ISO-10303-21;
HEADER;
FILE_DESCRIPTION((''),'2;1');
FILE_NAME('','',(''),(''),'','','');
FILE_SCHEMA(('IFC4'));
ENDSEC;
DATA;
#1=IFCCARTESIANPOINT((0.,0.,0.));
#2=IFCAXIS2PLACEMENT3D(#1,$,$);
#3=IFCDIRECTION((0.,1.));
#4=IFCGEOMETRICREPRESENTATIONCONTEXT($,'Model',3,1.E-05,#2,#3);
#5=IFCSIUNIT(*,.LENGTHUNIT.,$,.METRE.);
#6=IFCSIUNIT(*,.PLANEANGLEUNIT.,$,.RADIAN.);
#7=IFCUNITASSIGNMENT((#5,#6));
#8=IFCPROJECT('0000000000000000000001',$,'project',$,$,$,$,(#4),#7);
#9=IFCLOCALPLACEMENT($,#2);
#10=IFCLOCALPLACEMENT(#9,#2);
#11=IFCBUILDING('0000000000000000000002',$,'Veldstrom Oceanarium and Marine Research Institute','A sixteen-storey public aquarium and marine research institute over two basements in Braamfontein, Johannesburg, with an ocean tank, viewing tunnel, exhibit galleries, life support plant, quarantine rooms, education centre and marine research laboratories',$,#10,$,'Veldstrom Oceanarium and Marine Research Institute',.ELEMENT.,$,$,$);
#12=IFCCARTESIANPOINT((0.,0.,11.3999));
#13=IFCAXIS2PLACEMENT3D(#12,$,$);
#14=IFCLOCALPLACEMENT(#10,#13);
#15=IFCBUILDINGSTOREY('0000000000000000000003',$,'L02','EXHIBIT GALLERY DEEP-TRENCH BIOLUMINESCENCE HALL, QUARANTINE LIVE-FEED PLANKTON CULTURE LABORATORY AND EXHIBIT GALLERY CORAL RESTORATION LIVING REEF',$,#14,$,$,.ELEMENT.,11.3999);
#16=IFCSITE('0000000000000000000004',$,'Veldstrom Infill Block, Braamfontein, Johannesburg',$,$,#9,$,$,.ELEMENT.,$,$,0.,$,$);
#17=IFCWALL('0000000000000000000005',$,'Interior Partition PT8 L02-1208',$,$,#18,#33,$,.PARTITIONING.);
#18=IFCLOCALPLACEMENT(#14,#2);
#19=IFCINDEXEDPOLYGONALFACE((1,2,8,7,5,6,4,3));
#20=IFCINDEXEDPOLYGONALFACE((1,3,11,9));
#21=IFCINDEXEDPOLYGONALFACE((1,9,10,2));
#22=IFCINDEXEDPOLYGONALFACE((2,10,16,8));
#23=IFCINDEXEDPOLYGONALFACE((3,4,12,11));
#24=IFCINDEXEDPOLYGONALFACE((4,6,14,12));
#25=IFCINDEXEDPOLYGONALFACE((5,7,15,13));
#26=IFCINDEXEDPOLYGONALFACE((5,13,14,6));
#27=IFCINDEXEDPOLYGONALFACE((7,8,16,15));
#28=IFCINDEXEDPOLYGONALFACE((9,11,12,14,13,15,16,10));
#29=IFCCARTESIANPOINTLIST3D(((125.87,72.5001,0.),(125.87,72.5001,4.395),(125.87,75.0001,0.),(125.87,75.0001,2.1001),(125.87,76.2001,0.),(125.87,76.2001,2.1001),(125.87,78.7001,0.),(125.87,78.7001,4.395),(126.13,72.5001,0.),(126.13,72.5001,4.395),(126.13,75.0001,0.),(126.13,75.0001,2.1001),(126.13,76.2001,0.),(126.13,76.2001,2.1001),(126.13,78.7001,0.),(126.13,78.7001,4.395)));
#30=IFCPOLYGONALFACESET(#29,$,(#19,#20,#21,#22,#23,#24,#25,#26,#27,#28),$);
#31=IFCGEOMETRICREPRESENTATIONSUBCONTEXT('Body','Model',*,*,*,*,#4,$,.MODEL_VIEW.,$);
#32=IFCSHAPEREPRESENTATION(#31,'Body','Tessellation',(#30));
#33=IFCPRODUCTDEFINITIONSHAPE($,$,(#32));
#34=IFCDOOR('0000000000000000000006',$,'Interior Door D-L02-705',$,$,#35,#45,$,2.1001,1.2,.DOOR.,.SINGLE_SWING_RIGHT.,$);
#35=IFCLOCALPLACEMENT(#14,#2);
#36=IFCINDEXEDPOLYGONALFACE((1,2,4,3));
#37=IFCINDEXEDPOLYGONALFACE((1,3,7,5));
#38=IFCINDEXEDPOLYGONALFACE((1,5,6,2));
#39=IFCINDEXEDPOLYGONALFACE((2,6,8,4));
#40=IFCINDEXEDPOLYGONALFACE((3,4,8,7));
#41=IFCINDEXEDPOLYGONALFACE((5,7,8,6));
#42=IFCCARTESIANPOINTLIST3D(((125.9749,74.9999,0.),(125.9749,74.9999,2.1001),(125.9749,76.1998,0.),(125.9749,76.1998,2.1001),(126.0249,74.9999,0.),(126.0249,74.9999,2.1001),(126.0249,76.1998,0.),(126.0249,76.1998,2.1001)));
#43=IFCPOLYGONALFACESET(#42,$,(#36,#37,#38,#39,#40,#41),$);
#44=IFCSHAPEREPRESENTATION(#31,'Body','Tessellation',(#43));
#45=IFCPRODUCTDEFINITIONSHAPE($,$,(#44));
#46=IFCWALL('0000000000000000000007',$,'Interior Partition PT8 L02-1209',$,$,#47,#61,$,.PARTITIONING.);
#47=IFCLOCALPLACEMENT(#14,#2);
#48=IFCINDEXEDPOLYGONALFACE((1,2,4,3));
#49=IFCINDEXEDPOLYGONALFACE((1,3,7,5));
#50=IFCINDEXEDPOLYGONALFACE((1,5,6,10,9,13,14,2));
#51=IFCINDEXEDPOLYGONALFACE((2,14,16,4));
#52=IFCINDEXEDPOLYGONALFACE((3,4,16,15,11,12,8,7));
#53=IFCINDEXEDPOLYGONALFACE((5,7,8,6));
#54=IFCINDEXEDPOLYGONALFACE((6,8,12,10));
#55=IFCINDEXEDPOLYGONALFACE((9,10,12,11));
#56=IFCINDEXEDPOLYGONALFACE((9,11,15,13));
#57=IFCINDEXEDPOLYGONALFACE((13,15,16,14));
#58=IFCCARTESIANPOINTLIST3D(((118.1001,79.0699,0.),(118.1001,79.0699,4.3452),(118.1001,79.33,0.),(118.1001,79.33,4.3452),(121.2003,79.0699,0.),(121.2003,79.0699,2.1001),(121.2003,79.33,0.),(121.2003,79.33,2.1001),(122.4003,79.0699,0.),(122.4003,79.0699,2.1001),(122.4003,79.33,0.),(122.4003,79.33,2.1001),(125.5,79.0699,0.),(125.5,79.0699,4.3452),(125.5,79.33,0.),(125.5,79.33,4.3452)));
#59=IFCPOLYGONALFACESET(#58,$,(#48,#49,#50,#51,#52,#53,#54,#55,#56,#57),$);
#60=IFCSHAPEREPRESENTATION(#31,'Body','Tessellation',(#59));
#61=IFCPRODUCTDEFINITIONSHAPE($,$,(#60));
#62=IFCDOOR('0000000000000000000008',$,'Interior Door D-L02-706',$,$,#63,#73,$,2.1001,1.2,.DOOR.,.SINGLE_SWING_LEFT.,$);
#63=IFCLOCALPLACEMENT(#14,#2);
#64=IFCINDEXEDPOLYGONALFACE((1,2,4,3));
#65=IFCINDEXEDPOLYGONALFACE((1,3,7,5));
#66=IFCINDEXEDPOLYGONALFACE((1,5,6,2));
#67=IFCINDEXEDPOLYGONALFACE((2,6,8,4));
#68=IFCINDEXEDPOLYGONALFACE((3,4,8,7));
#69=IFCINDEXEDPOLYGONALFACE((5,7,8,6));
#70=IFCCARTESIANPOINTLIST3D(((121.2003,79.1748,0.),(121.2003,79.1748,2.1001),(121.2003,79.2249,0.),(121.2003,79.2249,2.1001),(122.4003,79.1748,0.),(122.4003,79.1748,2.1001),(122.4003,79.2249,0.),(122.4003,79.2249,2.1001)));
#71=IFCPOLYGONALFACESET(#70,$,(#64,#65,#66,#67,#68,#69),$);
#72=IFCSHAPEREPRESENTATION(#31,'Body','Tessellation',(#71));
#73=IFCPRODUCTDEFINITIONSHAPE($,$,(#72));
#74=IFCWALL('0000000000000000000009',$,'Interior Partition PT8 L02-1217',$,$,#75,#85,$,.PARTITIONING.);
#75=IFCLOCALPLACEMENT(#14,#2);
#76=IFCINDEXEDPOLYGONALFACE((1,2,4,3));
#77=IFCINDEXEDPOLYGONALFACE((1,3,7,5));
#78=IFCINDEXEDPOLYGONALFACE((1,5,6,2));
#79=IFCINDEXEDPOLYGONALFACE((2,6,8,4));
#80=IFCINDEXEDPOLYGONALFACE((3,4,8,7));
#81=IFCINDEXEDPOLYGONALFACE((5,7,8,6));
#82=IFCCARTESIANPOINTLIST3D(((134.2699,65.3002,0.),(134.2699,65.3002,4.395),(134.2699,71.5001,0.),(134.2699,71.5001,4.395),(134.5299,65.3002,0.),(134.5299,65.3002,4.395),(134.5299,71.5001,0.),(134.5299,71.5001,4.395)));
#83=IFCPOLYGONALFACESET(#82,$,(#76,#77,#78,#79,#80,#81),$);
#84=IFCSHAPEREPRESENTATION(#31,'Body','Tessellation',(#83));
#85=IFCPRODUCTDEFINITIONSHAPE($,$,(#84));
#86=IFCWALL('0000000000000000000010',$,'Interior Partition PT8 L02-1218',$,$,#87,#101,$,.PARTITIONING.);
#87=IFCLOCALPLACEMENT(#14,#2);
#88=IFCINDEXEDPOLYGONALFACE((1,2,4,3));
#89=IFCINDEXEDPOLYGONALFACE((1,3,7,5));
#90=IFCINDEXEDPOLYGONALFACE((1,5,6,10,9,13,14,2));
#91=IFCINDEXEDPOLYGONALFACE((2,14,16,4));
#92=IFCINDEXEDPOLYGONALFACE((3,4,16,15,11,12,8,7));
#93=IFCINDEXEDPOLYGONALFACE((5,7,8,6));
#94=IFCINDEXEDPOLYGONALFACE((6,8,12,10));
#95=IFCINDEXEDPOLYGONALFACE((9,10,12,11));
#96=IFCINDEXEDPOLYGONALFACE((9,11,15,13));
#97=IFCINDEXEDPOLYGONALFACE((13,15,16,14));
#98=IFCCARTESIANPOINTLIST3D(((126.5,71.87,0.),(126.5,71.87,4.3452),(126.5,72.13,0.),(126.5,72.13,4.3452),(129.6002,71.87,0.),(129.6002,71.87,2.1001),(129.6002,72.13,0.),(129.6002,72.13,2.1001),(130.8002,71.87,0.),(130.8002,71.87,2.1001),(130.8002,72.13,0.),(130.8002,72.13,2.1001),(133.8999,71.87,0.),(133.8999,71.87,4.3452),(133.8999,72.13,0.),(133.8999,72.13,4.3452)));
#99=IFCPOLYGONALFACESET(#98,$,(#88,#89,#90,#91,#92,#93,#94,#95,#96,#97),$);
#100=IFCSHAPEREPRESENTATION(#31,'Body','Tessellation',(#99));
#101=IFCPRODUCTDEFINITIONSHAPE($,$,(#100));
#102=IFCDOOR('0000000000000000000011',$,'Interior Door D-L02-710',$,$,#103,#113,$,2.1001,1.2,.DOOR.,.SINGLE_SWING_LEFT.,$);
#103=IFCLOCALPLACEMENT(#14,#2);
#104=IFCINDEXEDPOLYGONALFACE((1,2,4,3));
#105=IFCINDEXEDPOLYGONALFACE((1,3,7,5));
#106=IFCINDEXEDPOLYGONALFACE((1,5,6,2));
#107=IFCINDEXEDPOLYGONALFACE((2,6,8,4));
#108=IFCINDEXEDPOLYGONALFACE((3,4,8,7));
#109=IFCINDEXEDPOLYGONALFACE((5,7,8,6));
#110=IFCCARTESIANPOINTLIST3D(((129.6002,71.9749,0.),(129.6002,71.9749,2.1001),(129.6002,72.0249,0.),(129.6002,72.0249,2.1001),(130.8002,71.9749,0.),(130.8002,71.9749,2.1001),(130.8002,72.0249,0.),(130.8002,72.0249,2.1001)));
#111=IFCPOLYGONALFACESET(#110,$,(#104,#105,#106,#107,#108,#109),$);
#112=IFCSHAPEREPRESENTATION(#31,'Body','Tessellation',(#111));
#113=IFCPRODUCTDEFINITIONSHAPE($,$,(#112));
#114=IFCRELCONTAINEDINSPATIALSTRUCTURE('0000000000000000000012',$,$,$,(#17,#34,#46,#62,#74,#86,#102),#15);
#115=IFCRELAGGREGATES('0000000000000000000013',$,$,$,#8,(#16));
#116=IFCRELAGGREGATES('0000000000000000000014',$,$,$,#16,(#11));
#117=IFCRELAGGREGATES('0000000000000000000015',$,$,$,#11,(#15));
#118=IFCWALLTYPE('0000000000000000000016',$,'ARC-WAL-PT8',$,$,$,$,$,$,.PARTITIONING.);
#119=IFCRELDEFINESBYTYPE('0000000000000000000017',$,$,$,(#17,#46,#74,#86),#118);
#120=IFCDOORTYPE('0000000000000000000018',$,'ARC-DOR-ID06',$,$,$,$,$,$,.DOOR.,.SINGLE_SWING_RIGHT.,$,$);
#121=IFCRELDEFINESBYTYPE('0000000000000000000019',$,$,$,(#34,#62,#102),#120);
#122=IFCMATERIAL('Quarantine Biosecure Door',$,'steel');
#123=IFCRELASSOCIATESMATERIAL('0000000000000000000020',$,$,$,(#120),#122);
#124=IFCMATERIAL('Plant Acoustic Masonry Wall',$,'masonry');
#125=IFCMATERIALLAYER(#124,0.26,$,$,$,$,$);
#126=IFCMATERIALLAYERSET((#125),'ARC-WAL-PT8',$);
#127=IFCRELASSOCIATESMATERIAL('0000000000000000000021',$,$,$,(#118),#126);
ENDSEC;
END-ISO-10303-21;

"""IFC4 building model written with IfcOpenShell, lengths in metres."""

from ifc_helpers import new_model, si_unit, direction, frame, frame_2d, origin, place, context, subcontext, project, spatial, rectangle, extrude, material, layer, layer_set, type_object, element, fill, save


model = new_model("IFC4")

# Units and contexts
model_context = context("Model", 3, precision=1e-05, world=origin(), true_north=direction((0.0, 1.0)))
body_context = subcontext(model_context, "Body", "Model", "MODEL_VIEW")
ifc_project = project(units=[si_unit("LENGTHUNIT", "METRE"), si_unit("PLANEANGLEUNIT", "RADIAN")], contexts=[model_context])

# Site, building, storey
site_placement = place(None, origin())
site = spatial("IfcSite", under=ifc_project, at=site_placement, Name="Veldstrom Infill Block, Braamfontein, Johannesburg", CompositionType="ELEMENT", RefElevation=0.0)
building_placement = place(site_placement, origin())
building = spatial("IfcBuilding", under=site, at=building_placement, Name="Veldstrom Oceanarium and Marine Research Institute", Description="A sixteen-storey public aquarium and marine research institute over two basements in Braamfontein, Johannesburg, with an ocean tank, viewing tunnel, exhibit galleries, life support plant, quarantine rooms, education centre and marine research laboratories", LongName="Veldstrom Oceanarium and Marine Research Institute", CompositionType="ELEMENT")
storey_placement = place(building_placement, frame((0.0, 0.0, 11.3999)))
storey = spatial("IfcBuildingStorey", under=building, at=storey_placement, Name="L02", Description="EXHIBIT GALLERY DEEP-TRENCH BIOLUMINESCENCE HALL, QUARANTINE LIVE-FEED PLANKTON CULTURE LABORATORY AND EXHIBIT GALLERY CORAL RESTORATION LIVING REEF", CompositionType="ELEMENT", Elevation=11.3999)

# Walls, openings, doors
ifc_material_1 = material(Name="Quarantine Biosecure Door", Category="steel")
door_type_1 = type_object("IfcDoorType", Name="ARC-DOR-ID06", OperationType="SINGLE_SWING_RIGHT", PredefinedType="DOOR", material=ifc_material_1)
ifc_material_2 = material(Name="Plant Acoustic Masonry Wall", Category="masonry")
ifc_layer_1 = layer(ifc_material_2, 0.26)
ifc_layer_set_1 = layer_set([ifc_layer_1], Name="ARC-WAL-PT8")
wall_type_1 = type_object("IfcWallType", Name="ARC-WAL-PT8", PredefinedType="PARTITIONING", material=ifc_layer_set_1)
wall_1_placement = place(storey_placement, frame((126.0, 72.5, 0.0), z_axis=(0.0, 0.0, 1.0), x_axis=(0.0, 1.0, 0.0)))
wall_1 = element("IfcWall", 1, at=wall_1_placement, inside=storey, type_object=wall_type_1, Name="Interior Partition PT8 L02-1208", PredefinedType="PARTITIONING", context=body_context, shape_type="SweptSolid", body=[
    extrude(rectangle(XDim=6.2, YDim=0.26, at=frame_2d((3.1001, 0.0))), origin(), (0.0, 0.0, 1.0), 4.395),
])
opening_1_placement = place(wall_1_placement, frame((2.5, 0.0, 0.0)))
opening_1 = element("IfcOpeningElement", 2, at=opening_1_placement, cuts=wall_1, PredefinedType="OPENING", context=body_context, shape_type="SweptSolid", body=[
    extrude(rectangle(XDim=1.2, YDim=2.1001, at=frame_2d((0.6001, 1.05))), frame((0.0, 0.1399, 0.0), z_axis=(0.0, -1.0, 0.0), x_axis=(1.0, 0.0, 0.0)), (0.0, 0.0, 1.0), 0.28),
])
door_1_placement = place(opening_1_placement, frame((1.2, 0.0, 0.0), z_axis=(0.0, 0.0, 1.0), x_axis=(-1.0, 0.0, 0.0)))
door_1 = element("IfcDoor", 3, at=door_1_placement, inside=storey, type_object=door_type_1, Name="Interior Door D-L02-705", OperationType="SINGLE_SWING_RIGHT", OverallHeight=2.1001, OverallWidth=1.2, PredefinedType="DOOR", context=body_context, shape_type="SweptSolid", body=[
    extrude(rectangle(XDim=1.2, YDim=2.1001, at=frame_2d((0.6001, 1.05))), frame((0.0, 0.0249, 0.0), z_axis=(0.0, -1.0, 0.0), x_axis=(1.0, 0.0, 0.0)), (0.0, 0.0, 1.0), 0.05),
])
fill(opening_1, door_1)
wall_2_placement = place(storey_placement, frame((118.1001, 79.2, 0.0), z_axis=(0.0, 0.0, 1.0), x_axis=(1.0, 0.0, 0.0)))
wall_2 = element("IfcWall", 4, at=wall_2_placement, inside=storey, type_object=wall_type_1, Name="Interior Partition PT8 L02-1209", PredefinedType="PARTITIONING", context=body_context, shape_type="SweptSolid", body=[
    extrude(rectangle(XDim=7.3999, YDim=0.26, at=frame_2d((3.7, 0.0))), origin(), (0.0, 0.0, 1.0), 4.3452),
])
opening_2_placement = place(wall_2_placement, frame((3.1001, 0.0, 0.0)))
opening_2 = element("IfcOpeningElement", 5, at=opening_2_placement, cuts=wall_2, PredefinedType="OPENING", context=body_context, shape_type="SweptSolid", body=[
    extrude(rectangle(XDim=1.2, YDim=2.1001, at=frame_2d((0.6001, 1.05))), frame((0.0, 0.1399, 0.0), z_axis=(0.0, -1.0, 0.0), x_axis=(1.0, 0.0, 0.0)), (0.0, 0.0, 1.0), 0.28),
])
door_2_placement = place(opening_2_placement, origin())
door_2 = element("IfcDoor", 6, at=door_2_placement, inside=storey, type_object=door_type_1, Name="Interior Door D-L02-706", OperationType="SINGLE_SWING_LEFT", OverallHeight=2.1001, OverallWidth=1.2, PredefinedType="DOOR", context=body_context, shape_type="SweptSolid", body=[
    extrude(rectangle(XDim=1.2, YDim=2.1001, at=frame_2d((0.6001, 1.05))), frame((0.0, 0.0249, 0.0), z_axis=(0.0, -1.0, 0.0), x_axis=(1.0, 0.0, 0.0)), (0.0, 0.0, 1.0), 0.05),
])
fill(opening_2, door_2)

# Wall
wall_3_placement = place(storey_placement, frame((134.3999, 65.3, 0.0), z_axis=(0.0, 0.0, 1.0), x_axis=(0.0, 1.0, 0.0)))
element("IfcWall", 7, at=wall_3_placement, inside=storey, type_object=wall_type_1, Name="Interior Partition PT8 L02-1217", PredefinedType="PARTITIONING", context=body_context, shape_type="SweptSolid", body=[
    extrude(rectangle(XDim=6.2, YDim=0.26, at=frame_2d((3.1001, 0.0))), origin(), (0.0, 0.0, 1.0), 4.395),
])

# Wall, opening, door
wall_4_placement = place(storey_placement, frame((126.5, 72.0, 0.0), z_axis=(0.0, 0.0, 1.0), x_axis=(1.0, 0.0, 0.0)))
wall_4 = element("IfcWall", 8, at=wall_4_placement, inside=storey, type_object=wall_type_1, Name="Interior Partition PT8 L02-1218", PredefinedType="PARTITIONING", context=body_context, shape_type="SweptSolid", body=[
    extrude(rectangle(XDim=7.3999, YDim=0.26, at=frame_2d((3.7, 0.0))), origin(), (0.0, 0.0, 1.0), 4.3452),
])
opening_3_placement = place(wall_4_placement, frame((3.1001, 0.0, 0.0)))
opening_3 = element("IfcOpeningElement", 9, at=opening_3_placement, cuts=wall_4, PredefinedType="OPENING", context=body_context, shape_type="SweptSolid", body=[
    extrude(rectangle(XDim=1.2, YDim=2.1001, at=frame_2d((0.6001, 1.05))), frame((0.0, 0.1399, 0.0), z_axis=(0.0, -1.0, 0.0), x_axis=(1.0, 0.0, 0.0)), (0.0, 0.0, 1.0), 0.28),
])
door_3_placement = place(opening_3_placement, origin())
door_3 = element("IfcDoor", 10, at=door_3_placement, inside=storey, type_object=door_type_1, Name="Interior Door D-L02-710", OperationType="SINGLE_SWING_LEFT", OverallHeight=2.1001, OverallWidth=1.2, PredefinedType="DOOR", context=body_context, shape_type="SweptSolid", body=[
    extrude(rectangle(XDim=1.2, YDim=2.1001, at=frame_2d((0.6001, 1.05))), frame((0.0, 0.0249, 0.0), z_axis=(0.0, -1.0, 0.0), x_axis=(1.0, 0.0, 0.0)), (0.0, 0.0, 1.0), 0.05),
])
fill(opening_3, door_3)

save(model, "model.ifc")
